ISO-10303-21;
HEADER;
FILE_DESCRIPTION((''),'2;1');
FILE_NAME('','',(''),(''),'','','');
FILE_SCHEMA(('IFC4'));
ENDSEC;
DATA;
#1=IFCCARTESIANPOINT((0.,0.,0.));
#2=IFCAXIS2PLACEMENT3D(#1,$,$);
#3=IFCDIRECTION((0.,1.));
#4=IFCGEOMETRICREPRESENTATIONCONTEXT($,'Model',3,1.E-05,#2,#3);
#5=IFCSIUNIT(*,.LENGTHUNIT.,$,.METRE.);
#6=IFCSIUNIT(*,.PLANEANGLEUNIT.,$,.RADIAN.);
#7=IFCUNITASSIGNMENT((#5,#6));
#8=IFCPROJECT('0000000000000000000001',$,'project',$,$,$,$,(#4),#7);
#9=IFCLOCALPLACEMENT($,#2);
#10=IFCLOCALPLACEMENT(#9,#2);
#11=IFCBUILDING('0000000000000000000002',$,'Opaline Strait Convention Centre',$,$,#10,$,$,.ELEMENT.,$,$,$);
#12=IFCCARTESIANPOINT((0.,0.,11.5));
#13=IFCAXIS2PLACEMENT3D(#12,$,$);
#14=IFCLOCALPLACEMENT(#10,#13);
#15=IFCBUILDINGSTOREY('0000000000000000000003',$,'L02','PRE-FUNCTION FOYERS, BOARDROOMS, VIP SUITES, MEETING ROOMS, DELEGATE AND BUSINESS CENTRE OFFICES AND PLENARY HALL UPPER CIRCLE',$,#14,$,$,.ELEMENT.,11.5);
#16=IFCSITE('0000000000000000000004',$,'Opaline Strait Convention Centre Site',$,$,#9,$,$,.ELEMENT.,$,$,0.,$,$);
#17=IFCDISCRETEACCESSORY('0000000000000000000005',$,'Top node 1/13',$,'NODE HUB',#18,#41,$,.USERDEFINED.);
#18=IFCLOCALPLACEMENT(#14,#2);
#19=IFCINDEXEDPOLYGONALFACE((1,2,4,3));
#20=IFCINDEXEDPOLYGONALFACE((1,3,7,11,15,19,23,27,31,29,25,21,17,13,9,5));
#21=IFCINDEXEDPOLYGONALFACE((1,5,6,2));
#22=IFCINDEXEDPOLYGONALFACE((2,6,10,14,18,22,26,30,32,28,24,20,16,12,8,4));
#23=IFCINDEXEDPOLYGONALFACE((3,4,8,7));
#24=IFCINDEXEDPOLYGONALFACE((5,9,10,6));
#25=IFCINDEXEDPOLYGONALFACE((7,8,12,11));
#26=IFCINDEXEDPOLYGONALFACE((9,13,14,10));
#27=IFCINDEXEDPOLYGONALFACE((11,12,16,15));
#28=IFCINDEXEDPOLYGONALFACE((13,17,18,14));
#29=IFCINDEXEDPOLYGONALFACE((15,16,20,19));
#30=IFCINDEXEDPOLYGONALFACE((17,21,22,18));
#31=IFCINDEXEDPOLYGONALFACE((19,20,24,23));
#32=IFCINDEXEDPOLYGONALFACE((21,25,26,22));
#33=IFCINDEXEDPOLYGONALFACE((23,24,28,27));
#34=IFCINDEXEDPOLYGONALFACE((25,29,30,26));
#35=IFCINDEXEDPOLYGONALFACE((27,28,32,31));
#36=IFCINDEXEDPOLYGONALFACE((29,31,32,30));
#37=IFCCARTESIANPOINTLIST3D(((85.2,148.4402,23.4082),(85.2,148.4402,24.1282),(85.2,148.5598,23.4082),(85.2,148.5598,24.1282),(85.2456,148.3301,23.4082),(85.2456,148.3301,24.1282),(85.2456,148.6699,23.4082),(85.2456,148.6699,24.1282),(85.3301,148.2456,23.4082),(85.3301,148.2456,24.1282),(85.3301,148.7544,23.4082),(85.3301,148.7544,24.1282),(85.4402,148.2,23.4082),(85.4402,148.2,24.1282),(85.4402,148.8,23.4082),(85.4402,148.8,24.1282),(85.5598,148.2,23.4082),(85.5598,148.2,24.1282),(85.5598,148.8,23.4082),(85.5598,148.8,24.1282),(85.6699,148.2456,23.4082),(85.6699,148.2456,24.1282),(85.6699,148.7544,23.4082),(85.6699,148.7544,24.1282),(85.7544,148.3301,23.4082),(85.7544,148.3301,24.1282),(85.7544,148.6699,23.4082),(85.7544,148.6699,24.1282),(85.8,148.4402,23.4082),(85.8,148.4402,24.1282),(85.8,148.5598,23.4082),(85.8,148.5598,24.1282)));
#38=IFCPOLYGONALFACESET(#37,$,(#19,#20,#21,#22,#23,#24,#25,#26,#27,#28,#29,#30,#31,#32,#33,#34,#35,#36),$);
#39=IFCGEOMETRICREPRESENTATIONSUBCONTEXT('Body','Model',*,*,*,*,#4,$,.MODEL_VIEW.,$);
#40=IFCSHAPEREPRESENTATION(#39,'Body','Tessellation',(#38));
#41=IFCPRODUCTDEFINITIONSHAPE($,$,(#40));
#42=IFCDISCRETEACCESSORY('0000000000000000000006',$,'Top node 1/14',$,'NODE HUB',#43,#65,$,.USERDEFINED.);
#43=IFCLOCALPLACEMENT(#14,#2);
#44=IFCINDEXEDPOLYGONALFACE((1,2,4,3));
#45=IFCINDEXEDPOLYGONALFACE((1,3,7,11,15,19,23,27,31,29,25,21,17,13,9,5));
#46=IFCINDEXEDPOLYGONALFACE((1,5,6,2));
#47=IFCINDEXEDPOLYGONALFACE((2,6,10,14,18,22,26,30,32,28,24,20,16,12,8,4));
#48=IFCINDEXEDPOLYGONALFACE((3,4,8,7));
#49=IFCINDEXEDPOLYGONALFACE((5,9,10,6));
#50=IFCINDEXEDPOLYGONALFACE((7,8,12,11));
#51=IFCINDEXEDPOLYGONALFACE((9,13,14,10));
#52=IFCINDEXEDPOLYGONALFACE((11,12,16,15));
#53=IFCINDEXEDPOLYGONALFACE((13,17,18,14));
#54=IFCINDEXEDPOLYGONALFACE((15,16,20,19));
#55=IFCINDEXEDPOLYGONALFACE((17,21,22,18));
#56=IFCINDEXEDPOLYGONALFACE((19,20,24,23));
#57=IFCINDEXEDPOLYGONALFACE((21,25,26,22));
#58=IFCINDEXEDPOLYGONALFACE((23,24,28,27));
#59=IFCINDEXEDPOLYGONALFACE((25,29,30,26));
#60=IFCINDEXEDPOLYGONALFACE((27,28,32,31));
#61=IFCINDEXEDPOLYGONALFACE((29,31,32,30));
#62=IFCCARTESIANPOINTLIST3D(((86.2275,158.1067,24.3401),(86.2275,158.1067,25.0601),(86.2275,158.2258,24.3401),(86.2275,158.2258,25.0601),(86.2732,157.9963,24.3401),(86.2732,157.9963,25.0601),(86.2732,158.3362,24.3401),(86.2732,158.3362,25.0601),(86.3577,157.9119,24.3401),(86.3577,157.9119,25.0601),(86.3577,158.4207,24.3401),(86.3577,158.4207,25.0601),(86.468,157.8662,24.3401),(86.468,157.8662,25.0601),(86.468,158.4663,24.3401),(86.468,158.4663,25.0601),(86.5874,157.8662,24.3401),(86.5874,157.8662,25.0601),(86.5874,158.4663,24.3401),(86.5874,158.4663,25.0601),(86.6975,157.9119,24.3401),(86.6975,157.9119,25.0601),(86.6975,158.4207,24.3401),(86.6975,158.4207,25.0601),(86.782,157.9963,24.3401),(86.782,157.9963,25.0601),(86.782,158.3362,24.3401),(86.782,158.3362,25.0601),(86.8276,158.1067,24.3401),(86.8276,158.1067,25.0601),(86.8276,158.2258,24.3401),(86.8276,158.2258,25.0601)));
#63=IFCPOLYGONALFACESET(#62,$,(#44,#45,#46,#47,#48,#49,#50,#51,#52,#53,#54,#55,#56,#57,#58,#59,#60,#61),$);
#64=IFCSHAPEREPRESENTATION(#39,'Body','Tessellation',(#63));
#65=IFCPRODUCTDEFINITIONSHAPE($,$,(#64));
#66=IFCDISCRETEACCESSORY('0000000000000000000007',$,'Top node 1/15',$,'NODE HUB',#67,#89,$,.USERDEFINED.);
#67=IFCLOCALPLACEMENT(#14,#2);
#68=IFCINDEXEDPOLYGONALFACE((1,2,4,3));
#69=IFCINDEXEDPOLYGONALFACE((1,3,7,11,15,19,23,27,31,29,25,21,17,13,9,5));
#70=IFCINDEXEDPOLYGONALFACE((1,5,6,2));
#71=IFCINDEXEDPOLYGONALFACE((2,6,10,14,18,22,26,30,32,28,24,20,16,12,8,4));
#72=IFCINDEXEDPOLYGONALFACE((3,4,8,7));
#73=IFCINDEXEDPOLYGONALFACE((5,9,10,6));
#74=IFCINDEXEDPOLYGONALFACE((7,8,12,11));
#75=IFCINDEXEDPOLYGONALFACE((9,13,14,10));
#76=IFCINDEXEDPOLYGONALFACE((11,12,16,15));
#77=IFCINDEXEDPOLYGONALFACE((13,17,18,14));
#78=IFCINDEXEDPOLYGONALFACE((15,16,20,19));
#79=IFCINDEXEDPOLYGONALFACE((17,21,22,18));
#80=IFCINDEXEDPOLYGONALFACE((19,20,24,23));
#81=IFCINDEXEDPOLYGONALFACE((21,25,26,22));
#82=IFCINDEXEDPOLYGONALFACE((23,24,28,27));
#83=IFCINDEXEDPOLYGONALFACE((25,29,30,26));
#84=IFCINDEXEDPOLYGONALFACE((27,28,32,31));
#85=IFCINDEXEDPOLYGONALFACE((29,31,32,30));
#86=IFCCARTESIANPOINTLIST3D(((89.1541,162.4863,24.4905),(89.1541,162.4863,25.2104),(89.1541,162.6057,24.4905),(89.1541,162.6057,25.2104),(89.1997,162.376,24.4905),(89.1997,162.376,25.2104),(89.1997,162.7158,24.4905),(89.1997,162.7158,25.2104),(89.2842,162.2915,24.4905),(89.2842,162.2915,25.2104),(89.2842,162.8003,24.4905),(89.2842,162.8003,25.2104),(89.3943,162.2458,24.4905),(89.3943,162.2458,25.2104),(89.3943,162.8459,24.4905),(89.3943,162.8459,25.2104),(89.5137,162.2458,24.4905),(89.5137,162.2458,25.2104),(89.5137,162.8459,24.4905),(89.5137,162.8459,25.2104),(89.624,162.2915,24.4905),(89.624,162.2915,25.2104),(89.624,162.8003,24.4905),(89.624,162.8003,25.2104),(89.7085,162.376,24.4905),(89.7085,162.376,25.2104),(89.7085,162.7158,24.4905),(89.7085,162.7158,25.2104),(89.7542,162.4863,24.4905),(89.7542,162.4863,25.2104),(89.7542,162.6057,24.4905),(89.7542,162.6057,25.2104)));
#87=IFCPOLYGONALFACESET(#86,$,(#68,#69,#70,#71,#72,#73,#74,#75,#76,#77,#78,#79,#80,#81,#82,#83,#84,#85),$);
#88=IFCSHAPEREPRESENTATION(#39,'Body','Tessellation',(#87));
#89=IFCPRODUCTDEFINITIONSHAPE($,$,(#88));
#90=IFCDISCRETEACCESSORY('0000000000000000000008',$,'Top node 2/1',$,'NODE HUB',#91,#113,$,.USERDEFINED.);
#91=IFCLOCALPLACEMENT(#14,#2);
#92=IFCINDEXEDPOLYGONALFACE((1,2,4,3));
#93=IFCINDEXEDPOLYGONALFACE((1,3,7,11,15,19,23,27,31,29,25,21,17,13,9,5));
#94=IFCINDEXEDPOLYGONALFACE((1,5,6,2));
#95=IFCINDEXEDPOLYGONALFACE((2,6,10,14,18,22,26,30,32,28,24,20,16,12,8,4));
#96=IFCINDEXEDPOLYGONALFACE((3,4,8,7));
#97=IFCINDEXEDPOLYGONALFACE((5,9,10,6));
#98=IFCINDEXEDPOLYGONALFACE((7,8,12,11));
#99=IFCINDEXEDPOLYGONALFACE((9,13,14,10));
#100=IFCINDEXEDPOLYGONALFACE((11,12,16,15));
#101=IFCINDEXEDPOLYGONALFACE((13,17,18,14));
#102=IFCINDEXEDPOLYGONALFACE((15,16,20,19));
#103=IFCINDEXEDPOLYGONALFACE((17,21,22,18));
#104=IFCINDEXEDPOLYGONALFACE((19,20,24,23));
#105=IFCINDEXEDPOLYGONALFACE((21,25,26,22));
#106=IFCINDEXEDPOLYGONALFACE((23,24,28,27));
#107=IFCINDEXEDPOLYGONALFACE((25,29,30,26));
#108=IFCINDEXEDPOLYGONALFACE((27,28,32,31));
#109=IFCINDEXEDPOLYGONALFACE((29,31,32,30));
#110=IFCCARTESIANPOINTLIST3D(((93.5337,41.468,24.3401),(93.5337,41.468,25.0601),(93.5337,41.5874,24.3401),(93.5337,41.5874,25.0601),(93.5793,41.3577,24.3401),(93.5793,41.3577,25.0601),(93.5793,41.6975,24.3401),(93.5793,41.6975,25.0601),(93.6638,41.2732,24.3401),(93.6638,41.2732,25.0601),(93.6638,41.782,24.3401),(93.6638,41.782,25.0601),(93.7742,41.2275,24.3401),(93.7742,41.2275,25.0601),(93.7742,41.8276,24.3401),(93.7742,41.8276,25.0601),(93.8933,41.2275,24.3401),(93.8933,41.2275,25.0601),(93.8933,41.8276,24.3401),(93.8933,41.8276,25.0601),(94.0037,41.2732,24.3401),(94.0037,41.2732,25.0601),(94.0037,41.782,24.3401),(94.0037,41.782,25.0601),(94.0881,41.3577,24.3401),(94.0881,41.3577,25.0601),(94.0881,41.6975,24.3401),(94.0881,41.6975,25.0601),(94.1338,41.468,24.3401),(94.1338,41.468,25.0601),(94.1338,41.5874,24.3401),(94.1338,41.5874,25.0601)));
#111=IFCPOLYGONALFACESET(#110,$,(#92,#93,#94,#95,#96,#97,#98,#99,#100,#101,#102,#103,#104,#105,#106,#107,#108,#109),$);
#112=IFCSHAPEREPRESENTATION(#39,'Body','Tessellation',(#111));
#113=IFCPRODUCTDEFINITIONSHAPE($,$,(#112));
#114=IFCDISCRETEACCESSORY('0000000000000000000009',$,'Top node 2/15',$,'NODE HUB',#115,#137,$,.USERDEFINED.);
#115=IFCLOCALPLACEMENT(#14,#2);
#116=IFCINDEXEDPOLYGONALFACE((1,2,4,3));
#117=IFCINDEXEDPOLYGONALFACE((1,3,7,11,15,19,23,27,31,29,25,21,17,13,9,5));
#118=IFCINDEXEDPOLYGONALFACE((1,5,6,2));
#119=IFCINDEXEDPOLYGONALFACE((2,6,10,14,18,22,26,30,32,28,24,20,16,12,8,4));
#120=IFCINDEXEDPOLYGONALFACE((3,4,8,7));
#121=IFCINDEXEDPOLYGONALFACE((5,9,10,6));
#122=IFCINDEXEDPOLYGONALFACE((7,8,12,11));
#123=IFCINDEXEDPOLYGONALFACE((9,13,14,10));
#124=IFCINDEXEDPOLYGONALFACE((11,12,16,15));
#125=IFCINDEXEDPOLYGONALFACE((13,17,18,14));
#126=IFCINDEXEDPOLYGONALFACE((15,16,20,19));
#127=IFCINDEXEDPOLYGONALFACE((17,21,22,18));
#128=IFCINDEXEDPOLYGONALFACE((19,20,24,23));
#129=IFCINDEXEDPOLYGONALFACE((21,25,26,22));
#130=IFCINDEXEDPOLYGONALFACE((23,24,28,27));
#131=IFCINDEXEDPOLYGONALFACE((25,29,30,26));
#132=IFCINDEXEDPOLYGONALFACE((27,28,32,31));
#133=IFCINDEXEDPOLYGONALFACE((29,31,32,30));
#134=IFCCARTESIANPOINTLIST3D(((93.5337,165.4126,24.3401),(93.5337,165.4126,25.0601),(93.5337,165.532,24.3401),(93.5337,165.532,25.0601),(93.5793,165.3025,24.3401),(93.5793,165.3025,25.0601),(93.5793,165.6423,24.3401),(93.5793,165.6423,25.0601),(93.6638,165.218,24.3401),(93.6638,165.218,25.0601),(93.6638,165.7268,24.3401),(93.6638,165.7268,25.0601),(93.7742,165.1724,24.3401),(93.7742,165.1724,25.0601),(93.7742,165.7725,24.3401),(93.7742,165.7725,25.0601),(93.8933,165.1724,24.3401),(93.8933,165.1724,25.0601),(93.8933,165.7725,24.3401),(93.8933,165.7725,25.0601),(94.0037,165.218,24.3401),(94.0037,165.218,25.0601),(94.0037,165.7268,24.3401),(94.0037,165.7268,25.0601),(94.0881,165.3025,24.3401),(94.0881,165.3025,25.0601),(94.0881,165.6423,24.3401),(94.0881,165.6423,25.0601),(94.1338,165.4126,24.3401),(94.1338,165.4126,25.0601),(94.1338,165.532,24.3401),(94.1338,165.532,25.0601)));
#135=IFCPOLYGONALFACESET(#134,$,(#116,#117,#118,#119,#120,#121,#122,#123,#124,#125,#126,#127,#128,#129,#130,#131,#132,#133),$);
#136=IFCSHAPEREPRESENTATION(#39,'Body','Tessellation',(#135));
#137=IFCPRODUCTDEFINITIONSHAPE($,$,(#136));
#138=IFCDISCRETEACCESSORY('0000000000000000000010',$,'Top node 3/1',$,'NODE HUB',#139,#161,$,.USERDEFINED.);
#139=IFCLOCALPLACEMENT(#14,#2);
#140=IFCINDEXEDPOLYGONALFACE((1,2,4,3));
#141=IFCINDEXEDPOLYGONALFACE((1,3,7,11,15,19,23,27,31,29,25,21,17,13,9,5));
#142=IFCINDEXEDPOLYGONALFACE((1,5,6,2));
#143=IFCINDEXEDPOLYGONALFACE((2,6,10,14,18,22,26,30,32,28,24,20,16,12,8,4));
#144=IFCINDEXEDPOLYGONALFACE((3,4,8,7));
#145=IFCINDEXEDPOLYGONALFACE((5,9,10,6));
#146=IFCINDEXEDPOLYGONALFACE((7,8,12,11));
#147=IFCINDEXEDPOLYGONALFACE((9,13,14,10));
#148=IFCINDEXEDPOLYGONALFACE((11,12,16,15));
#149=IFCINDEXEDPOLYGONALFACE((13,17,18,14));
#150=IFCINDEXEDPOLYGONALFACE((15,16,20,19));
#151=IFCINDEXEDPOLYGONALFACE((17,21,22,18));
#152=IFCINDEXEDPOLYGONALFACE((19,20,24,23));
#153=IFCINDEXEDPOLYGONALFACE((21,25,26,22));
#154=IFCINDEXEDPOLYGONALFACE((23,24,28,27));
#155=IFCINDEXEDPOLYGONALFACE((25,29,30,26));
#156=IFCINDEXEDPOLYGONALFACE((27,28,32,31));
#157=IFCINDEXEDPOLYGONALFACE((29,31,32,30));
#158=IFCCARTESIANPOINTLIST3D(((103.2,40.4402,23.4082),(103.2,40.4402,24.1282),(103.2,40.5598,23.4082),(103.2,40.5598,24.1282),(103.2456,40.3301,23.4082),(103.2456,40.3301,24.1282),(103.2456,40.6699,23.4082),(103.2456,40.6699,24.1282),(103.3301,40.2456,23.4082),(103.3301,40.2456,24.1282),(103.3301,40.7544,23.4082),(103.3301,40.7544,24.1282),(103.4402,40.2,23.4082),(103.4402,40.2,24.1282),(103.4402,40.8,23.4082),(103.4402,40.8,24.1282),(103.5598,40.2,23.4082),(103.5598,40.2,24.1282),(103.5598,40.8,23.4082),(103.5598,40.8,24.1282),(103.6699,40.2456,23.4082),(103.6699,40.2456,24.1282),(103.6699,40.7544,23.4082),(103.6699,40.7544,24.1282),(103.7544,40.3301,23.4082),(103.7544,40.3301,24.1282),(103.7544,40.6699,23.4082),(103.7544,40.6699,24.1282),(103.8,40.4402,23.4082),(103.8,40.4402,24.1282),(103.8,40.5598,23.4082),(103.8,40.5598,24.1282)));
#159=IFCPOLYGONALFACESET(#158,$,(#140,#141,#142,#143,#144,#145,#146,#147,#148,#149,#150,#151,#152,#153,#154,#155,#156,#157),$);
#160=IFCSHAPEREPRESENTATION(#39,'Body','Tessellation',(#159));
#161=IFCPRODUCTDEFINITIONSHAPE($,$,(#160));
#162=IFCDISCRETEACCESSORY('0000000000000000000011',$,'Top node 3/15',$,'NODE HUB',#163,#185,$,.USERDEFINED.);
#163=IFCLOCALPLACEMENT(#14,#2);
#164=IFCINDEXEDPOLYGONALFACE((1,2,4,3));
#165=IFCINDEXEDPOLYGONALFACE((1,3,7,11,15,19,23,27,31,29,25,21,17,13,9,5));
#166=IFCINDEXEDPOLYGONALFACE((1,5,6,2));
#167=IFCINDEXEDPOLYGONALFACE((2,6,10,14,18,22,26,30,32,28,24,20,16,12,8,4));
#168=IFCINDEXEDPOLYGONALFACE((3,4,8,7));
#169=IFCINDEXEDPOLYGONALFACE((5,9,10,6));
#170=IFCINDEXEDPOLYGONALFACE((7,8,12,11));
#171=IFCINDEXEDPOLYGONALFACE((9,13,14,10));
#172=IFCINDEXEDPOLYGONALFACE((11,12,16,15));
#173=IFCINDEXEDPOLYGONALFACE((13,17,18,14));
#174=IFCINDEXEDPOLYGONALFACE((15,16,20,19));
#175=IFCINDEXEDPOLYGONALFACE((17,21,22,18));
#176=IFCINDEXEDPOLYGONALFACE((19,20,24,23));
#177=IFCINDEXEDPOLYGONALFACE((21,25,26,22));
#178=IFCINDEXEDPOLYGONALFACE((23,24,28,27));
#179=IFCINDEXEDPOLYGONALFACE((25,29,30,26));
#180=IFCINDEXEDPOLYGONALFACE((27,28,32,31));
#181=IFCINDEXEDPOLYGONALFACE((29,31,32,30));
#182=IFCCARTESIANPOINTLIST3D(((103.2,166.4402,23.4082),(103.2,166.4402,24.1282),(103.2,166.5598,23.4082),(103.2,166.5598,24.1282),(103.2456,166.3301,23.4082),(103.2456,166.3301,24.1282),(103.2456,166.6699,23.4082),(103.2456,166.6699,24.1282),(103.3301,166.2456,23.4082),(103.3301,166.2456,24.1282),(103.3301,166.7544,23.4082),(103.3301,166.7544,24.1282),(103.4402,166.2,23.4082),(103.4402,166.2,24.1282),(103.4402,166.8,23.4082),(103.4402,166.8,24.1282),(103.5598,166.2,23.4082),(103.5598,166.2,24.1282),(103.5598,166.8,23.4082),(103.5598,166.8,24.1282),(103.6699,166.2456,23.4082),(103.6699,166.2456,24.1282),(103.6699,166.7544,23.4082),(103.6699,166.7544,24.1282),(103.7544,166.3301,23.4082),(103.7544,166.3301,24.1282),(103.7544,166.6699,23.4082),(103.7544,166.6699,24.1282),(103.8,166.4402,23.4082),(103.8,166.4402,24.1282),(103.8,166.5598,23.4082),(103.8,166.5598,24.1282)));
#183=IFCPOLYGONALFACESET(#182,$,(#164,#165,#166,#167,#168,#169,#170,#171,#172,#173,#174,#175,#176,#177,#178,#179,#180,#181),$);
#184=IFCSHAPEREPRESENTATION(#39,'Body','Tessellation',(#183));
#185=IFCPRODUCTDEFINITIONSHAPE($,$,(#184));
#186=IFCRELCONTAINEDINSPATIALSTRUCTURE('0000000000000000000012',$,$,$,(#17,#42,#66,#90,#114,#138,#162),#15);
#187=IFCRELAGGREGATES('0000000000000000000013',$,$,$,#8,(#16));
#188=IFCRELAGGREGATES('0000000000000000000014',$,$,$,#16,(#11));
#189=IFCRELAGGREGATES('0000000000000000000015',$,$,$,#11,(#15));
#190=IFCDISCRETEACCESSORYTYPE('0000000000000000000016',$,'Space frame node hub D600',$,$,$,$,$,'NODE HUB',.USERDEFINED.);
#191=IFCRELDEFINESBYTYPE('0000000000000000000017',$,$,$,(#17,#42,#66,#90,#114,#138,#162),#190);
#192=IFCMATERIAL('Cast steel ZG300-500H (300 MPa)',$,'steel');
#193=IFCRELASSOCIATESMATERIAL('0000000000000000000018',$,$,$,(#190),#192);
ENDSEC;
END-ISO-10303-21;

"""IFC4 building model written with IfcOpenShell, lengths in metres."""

from ifc_helpers import new_model, si_unit, direction, frame, origin, place, context, subcontext, project, spatial, polyline, outline, extrude, material, type_object, element, save


model = new_model("IFC4")

# Units and contexts
model_context = context("Model", 3, precision=1e-05, world=origin(), true_north=direction((0.0, 1.0)))
body_context = subcontext(model_context, "Body", "Model", "MODEL_VIEW")
ifc_project = project(units=[si_unit("LENGTHUNIT", "METRE"), si_unit("PLANEANGLEUNIT", "RADIAN")], contexts=[model_context])

# Site, building, storey
site_placement = place(None, origin())
site = spatial("IfcSite", under=ifc_project, at=site_placement, Name="Opaline Strait Convention Centre Site", CompositionType="ELEMENT", RefElevation=0.0)
building_placement = place(site_placement, origin())
building = spatial("IfcBuilding", under=site, at=building_placement, Name="Opaline Strait Convention Centre", CompositionType="ELEMENT")
storey_placement = place(building_placement, frame((0.0, 0.0, 11.5)))
storey = spatial("IfcBuildingStorey", under=building, at=storey_placement, Name="L02", Description="PRE-FUNCTION FOYERS, BOARDROOMS, VIP SUITES, MEETING ROOMS, DELEGATE AND BUSINESS CENTRE OFFICES AND PLENARY HALL UPPER CIRCLE", CompositionType="ELEMENT", Elevation=11.5)

# Discrete accessories
ifc_material = material(Name="Cast steel ZG300-500H (300 MPa)", Category="steel")
discrete_accessory_type_1 = type_object("IfcDiscreteAccessoryType", Name="Space frame node hub D600", ElementType="NODE HUB", PredefinedType="USERDEFINED", material=ifc_material)
discrete_accessory_1_placement = place(storey_placement, frame((0.0, 0.0, 23.4082)))
element("IfcDiscreteAccessory", 1, at=discrete_accessory_1_placement, inside=storey, type_object=discrete_accessory_type_1, Name="Top node 1/13", ObjectType="NODE HUB", PredefinedType="USERDEFINED", context=body_context, shape_type="SweptSolid", body=[
    extrude(outline(polyline([(85.8, 148.5598), (85.7544, 148.6699), (85.6699, 148.7544), (85.5598, 148.8), (85.4402, 148.8), (85.3301, 148.7544), (85.2456, 148.6699), (85.2, 148.5598), (85.2, 148.4402), (85.2456, 148.3301), (85.3301, 148.2456), (85.4402, 148.2), (85.5598, 148.2), (85.6699, 148.2456), (85.7544, 148.3301), (85.8, 148.4402), (85.8, 148.5598)])), origin(), (0.0, 0.0, 1.0), 0.72),
])
discrete_accessory_2_placement = place(storey_placement, frame((0.0, 0.0, 24.3401)))
element("IfcDiscreteAccessory", 2, at=discrete_accessory_2_placement, inside=storey, type_object=discrete_accessory_type_1, Name="Top node 1/14", ObjectType="NODE HUB", PredefinedType="USERDEFINED", context=body_context, shape_type="SweptSolid", body=[
    extrude(outline(polyline([(86.8276, 158.2258), (86.782, 158.3362), (86.6975, 158.4207), (86.5874, 158.4663), (86.468, 158.4663), (86.3577, 158.4207), (86.2732, 158.3362), (86.2275, 158.2258), (86.2275, 158.1067), (86.2732, 157.9963), (86.3577, 157.9119), (86.468, 157.8662), (86.5874, 157.8662), (86.6975, 157.9119), (86.782, 157.9963), (86.8276, 158.1067), (86.8276, 158.2258)])), origin(), (0.0, 0.0, 1.0), 0.72),
])
discrete_accessory_3_placement = place(storey_placement, frame((0.0, 0.0, 24.4905)))
element("IfcDiscreteAccessory", 3, at=discrete_accessory_3_placement, inside=storey, type_object=discrete_accessory_type_1, Name="Top node 1/15", ObjectType="NODE HUB", PredefinedType="USERDEFINED", context=body_context, shape_type="SweptSolid", body=[
    extrude(outline(polyline([(89.7542, 162.6057), (89.7085, 162.7158), (89.624, 162.8003), (89.5137, 162.8459), (89.3943, 162.8459), (89.2842, 162.8003), (89.1997, 162.7158), (89.1541, 162.6057), (89.1541, 162.4863), (89.1997, 162.376), (89.2842, 162.2915), (89.3943, 162.2458), (89.5137, 162.2458), (89.624, 162.2915), (89.7085, 162.376), (89.7542, 162.4863), (89.7542, 162.6057)])), origin(), (0.0, 0.0, 1.0), 0.72),
])
discrete_accessory_4_placement = place(storey_placement, frame((0.0, 0.0, 24.3401)))
element("IfcDiscreteAccessory", 4, at=discrete_accessory_4_placement, inside=storey, type_object=discrete_accessory_type_1, Name="Top node 2/1", ObjectType="NODE HUB", PredefinedType="USERDEFINED", context=body_context, shape_type="SweptSolid", body=[
    extrude(outline(polyline([(94.1338, 41.5874), (94.0881, 41.6975), (94.0037, 41.782), (93.8933, 41.8276), (93.7742, 41.8276), (93.6638, 41.782), (93.5793, 41.6975), (93.5337, 41.5874), (93.5337, 41.468), (93.5793, 41.3577), (93.6638, 41.2732), (93.7742, 41.2275), (93.8933, 41.2275), (94.0037, 41.2732), (94.0881, 41.3577), (94.1338, 41.468), (94.1338, 41.5874)])), origin(), (0.0, 0.0, 1.0), 0.72),
])
discrete_accessory_5_placement = place(storey_placement, frame((0.0, 0.0, 24.3401)))
element("IfcDiscreteAccessory", 5, at=discrete_accessory_5_placement, inside=storey, type_object=discrete_accessory_type_1, Name="Top node 2/15", ObjectType="NODE HUB", PredefinedType="USERDEFINED", context=body_context, shape_type="SweptSolid", body=[
    extrude(outline(polyline([(94.1338, 165.532), (94.0881, 165.6423), (94.0037, 165.7268), (93.8933, 165.7725), (93.7742, 165.7725), (93.6638, 165.7268), (93.5793, 165.6423), (93.5337, 165.532), (93.5337, 165.4126), (93.5793, 165.3025), (93.6638, 165.218), (93.7742, 165.1724), (93.8933, 165.1724), (94.0037, 165.218), (94.0881, 165.3025), (94.1338, 165.4126), (94.1338, 165.532)])), origin(), (0.0, 0.0, 1.0), 0.72),
])
discrete_accessory_6_placement = place(storey_placement, frame((0.0, 0.0, 23.4082)))
element("IfcDiscreteAccessory", 6, at=discrete_accessory_6_placement, inside=storey, type_object=discrete_accessory_type_1, Name="Top node 3/1", ObjectType="NODE HUB", PredefinedType="USERDEFINED", context=body_context, shape_type="SweptSolid", body=[
    extrude(outline(polyline([(103.8, 40.5598), (103.7544, 40.6699), (103.6699, 40.7544), (103.5598, 40.8), (103.4402, 40.8), (103.3301, 40.7544), (103.2456, 40.6699), (103.2, 40.5598), (103.2, 40.4402), (103.2456, 40.3301), (103.3301, 40.2456), (103.4402, 40.2), (103.5598, 40.2), (103.6699, 40.2456), (103.7544, 40.3301), (103.8, 40.4402), (103.8, 40.5598)])), origin(), (0.0, 0.0, 1.0), 0.72),
])
discrete_accessory_7_placement = place(storey_placement, frame((0.0, 0.0, 23.4082)))
element("IfcDiscreteAccessory", 7, at=discrete_accessory_7_placement, inside=storey, type_object=discrete_accessory_type_1, Name="Top node 3/15", ObjectType="NODE HUB", PredefinedType="USERDEFINED", context=body_context, shape_type="SweptSolid", body=[
    extrude(outline(polyline([(103.8, 166.5598), (103.7544, 166.6699), (103.6699, 166.7544), (103.5598, 166.8), (103.4402, 166.8), (103.3301, 166.7544), (103.2456, 166.6699), (103.2, 166.5598), (103.2, 166.4402), (103.2456, 166.3301), (103.3301, 166.2456), (103.4402, 166.2), (103.5598, 166.2), (103.6699, 166.2456), (103.7544, 166.3301), (103.8, 166.4402), (103.8, 166.5598)])), origin(), (0.0, 0.0, 1.0), 0.72),
])

save(model, "model.ifc")
